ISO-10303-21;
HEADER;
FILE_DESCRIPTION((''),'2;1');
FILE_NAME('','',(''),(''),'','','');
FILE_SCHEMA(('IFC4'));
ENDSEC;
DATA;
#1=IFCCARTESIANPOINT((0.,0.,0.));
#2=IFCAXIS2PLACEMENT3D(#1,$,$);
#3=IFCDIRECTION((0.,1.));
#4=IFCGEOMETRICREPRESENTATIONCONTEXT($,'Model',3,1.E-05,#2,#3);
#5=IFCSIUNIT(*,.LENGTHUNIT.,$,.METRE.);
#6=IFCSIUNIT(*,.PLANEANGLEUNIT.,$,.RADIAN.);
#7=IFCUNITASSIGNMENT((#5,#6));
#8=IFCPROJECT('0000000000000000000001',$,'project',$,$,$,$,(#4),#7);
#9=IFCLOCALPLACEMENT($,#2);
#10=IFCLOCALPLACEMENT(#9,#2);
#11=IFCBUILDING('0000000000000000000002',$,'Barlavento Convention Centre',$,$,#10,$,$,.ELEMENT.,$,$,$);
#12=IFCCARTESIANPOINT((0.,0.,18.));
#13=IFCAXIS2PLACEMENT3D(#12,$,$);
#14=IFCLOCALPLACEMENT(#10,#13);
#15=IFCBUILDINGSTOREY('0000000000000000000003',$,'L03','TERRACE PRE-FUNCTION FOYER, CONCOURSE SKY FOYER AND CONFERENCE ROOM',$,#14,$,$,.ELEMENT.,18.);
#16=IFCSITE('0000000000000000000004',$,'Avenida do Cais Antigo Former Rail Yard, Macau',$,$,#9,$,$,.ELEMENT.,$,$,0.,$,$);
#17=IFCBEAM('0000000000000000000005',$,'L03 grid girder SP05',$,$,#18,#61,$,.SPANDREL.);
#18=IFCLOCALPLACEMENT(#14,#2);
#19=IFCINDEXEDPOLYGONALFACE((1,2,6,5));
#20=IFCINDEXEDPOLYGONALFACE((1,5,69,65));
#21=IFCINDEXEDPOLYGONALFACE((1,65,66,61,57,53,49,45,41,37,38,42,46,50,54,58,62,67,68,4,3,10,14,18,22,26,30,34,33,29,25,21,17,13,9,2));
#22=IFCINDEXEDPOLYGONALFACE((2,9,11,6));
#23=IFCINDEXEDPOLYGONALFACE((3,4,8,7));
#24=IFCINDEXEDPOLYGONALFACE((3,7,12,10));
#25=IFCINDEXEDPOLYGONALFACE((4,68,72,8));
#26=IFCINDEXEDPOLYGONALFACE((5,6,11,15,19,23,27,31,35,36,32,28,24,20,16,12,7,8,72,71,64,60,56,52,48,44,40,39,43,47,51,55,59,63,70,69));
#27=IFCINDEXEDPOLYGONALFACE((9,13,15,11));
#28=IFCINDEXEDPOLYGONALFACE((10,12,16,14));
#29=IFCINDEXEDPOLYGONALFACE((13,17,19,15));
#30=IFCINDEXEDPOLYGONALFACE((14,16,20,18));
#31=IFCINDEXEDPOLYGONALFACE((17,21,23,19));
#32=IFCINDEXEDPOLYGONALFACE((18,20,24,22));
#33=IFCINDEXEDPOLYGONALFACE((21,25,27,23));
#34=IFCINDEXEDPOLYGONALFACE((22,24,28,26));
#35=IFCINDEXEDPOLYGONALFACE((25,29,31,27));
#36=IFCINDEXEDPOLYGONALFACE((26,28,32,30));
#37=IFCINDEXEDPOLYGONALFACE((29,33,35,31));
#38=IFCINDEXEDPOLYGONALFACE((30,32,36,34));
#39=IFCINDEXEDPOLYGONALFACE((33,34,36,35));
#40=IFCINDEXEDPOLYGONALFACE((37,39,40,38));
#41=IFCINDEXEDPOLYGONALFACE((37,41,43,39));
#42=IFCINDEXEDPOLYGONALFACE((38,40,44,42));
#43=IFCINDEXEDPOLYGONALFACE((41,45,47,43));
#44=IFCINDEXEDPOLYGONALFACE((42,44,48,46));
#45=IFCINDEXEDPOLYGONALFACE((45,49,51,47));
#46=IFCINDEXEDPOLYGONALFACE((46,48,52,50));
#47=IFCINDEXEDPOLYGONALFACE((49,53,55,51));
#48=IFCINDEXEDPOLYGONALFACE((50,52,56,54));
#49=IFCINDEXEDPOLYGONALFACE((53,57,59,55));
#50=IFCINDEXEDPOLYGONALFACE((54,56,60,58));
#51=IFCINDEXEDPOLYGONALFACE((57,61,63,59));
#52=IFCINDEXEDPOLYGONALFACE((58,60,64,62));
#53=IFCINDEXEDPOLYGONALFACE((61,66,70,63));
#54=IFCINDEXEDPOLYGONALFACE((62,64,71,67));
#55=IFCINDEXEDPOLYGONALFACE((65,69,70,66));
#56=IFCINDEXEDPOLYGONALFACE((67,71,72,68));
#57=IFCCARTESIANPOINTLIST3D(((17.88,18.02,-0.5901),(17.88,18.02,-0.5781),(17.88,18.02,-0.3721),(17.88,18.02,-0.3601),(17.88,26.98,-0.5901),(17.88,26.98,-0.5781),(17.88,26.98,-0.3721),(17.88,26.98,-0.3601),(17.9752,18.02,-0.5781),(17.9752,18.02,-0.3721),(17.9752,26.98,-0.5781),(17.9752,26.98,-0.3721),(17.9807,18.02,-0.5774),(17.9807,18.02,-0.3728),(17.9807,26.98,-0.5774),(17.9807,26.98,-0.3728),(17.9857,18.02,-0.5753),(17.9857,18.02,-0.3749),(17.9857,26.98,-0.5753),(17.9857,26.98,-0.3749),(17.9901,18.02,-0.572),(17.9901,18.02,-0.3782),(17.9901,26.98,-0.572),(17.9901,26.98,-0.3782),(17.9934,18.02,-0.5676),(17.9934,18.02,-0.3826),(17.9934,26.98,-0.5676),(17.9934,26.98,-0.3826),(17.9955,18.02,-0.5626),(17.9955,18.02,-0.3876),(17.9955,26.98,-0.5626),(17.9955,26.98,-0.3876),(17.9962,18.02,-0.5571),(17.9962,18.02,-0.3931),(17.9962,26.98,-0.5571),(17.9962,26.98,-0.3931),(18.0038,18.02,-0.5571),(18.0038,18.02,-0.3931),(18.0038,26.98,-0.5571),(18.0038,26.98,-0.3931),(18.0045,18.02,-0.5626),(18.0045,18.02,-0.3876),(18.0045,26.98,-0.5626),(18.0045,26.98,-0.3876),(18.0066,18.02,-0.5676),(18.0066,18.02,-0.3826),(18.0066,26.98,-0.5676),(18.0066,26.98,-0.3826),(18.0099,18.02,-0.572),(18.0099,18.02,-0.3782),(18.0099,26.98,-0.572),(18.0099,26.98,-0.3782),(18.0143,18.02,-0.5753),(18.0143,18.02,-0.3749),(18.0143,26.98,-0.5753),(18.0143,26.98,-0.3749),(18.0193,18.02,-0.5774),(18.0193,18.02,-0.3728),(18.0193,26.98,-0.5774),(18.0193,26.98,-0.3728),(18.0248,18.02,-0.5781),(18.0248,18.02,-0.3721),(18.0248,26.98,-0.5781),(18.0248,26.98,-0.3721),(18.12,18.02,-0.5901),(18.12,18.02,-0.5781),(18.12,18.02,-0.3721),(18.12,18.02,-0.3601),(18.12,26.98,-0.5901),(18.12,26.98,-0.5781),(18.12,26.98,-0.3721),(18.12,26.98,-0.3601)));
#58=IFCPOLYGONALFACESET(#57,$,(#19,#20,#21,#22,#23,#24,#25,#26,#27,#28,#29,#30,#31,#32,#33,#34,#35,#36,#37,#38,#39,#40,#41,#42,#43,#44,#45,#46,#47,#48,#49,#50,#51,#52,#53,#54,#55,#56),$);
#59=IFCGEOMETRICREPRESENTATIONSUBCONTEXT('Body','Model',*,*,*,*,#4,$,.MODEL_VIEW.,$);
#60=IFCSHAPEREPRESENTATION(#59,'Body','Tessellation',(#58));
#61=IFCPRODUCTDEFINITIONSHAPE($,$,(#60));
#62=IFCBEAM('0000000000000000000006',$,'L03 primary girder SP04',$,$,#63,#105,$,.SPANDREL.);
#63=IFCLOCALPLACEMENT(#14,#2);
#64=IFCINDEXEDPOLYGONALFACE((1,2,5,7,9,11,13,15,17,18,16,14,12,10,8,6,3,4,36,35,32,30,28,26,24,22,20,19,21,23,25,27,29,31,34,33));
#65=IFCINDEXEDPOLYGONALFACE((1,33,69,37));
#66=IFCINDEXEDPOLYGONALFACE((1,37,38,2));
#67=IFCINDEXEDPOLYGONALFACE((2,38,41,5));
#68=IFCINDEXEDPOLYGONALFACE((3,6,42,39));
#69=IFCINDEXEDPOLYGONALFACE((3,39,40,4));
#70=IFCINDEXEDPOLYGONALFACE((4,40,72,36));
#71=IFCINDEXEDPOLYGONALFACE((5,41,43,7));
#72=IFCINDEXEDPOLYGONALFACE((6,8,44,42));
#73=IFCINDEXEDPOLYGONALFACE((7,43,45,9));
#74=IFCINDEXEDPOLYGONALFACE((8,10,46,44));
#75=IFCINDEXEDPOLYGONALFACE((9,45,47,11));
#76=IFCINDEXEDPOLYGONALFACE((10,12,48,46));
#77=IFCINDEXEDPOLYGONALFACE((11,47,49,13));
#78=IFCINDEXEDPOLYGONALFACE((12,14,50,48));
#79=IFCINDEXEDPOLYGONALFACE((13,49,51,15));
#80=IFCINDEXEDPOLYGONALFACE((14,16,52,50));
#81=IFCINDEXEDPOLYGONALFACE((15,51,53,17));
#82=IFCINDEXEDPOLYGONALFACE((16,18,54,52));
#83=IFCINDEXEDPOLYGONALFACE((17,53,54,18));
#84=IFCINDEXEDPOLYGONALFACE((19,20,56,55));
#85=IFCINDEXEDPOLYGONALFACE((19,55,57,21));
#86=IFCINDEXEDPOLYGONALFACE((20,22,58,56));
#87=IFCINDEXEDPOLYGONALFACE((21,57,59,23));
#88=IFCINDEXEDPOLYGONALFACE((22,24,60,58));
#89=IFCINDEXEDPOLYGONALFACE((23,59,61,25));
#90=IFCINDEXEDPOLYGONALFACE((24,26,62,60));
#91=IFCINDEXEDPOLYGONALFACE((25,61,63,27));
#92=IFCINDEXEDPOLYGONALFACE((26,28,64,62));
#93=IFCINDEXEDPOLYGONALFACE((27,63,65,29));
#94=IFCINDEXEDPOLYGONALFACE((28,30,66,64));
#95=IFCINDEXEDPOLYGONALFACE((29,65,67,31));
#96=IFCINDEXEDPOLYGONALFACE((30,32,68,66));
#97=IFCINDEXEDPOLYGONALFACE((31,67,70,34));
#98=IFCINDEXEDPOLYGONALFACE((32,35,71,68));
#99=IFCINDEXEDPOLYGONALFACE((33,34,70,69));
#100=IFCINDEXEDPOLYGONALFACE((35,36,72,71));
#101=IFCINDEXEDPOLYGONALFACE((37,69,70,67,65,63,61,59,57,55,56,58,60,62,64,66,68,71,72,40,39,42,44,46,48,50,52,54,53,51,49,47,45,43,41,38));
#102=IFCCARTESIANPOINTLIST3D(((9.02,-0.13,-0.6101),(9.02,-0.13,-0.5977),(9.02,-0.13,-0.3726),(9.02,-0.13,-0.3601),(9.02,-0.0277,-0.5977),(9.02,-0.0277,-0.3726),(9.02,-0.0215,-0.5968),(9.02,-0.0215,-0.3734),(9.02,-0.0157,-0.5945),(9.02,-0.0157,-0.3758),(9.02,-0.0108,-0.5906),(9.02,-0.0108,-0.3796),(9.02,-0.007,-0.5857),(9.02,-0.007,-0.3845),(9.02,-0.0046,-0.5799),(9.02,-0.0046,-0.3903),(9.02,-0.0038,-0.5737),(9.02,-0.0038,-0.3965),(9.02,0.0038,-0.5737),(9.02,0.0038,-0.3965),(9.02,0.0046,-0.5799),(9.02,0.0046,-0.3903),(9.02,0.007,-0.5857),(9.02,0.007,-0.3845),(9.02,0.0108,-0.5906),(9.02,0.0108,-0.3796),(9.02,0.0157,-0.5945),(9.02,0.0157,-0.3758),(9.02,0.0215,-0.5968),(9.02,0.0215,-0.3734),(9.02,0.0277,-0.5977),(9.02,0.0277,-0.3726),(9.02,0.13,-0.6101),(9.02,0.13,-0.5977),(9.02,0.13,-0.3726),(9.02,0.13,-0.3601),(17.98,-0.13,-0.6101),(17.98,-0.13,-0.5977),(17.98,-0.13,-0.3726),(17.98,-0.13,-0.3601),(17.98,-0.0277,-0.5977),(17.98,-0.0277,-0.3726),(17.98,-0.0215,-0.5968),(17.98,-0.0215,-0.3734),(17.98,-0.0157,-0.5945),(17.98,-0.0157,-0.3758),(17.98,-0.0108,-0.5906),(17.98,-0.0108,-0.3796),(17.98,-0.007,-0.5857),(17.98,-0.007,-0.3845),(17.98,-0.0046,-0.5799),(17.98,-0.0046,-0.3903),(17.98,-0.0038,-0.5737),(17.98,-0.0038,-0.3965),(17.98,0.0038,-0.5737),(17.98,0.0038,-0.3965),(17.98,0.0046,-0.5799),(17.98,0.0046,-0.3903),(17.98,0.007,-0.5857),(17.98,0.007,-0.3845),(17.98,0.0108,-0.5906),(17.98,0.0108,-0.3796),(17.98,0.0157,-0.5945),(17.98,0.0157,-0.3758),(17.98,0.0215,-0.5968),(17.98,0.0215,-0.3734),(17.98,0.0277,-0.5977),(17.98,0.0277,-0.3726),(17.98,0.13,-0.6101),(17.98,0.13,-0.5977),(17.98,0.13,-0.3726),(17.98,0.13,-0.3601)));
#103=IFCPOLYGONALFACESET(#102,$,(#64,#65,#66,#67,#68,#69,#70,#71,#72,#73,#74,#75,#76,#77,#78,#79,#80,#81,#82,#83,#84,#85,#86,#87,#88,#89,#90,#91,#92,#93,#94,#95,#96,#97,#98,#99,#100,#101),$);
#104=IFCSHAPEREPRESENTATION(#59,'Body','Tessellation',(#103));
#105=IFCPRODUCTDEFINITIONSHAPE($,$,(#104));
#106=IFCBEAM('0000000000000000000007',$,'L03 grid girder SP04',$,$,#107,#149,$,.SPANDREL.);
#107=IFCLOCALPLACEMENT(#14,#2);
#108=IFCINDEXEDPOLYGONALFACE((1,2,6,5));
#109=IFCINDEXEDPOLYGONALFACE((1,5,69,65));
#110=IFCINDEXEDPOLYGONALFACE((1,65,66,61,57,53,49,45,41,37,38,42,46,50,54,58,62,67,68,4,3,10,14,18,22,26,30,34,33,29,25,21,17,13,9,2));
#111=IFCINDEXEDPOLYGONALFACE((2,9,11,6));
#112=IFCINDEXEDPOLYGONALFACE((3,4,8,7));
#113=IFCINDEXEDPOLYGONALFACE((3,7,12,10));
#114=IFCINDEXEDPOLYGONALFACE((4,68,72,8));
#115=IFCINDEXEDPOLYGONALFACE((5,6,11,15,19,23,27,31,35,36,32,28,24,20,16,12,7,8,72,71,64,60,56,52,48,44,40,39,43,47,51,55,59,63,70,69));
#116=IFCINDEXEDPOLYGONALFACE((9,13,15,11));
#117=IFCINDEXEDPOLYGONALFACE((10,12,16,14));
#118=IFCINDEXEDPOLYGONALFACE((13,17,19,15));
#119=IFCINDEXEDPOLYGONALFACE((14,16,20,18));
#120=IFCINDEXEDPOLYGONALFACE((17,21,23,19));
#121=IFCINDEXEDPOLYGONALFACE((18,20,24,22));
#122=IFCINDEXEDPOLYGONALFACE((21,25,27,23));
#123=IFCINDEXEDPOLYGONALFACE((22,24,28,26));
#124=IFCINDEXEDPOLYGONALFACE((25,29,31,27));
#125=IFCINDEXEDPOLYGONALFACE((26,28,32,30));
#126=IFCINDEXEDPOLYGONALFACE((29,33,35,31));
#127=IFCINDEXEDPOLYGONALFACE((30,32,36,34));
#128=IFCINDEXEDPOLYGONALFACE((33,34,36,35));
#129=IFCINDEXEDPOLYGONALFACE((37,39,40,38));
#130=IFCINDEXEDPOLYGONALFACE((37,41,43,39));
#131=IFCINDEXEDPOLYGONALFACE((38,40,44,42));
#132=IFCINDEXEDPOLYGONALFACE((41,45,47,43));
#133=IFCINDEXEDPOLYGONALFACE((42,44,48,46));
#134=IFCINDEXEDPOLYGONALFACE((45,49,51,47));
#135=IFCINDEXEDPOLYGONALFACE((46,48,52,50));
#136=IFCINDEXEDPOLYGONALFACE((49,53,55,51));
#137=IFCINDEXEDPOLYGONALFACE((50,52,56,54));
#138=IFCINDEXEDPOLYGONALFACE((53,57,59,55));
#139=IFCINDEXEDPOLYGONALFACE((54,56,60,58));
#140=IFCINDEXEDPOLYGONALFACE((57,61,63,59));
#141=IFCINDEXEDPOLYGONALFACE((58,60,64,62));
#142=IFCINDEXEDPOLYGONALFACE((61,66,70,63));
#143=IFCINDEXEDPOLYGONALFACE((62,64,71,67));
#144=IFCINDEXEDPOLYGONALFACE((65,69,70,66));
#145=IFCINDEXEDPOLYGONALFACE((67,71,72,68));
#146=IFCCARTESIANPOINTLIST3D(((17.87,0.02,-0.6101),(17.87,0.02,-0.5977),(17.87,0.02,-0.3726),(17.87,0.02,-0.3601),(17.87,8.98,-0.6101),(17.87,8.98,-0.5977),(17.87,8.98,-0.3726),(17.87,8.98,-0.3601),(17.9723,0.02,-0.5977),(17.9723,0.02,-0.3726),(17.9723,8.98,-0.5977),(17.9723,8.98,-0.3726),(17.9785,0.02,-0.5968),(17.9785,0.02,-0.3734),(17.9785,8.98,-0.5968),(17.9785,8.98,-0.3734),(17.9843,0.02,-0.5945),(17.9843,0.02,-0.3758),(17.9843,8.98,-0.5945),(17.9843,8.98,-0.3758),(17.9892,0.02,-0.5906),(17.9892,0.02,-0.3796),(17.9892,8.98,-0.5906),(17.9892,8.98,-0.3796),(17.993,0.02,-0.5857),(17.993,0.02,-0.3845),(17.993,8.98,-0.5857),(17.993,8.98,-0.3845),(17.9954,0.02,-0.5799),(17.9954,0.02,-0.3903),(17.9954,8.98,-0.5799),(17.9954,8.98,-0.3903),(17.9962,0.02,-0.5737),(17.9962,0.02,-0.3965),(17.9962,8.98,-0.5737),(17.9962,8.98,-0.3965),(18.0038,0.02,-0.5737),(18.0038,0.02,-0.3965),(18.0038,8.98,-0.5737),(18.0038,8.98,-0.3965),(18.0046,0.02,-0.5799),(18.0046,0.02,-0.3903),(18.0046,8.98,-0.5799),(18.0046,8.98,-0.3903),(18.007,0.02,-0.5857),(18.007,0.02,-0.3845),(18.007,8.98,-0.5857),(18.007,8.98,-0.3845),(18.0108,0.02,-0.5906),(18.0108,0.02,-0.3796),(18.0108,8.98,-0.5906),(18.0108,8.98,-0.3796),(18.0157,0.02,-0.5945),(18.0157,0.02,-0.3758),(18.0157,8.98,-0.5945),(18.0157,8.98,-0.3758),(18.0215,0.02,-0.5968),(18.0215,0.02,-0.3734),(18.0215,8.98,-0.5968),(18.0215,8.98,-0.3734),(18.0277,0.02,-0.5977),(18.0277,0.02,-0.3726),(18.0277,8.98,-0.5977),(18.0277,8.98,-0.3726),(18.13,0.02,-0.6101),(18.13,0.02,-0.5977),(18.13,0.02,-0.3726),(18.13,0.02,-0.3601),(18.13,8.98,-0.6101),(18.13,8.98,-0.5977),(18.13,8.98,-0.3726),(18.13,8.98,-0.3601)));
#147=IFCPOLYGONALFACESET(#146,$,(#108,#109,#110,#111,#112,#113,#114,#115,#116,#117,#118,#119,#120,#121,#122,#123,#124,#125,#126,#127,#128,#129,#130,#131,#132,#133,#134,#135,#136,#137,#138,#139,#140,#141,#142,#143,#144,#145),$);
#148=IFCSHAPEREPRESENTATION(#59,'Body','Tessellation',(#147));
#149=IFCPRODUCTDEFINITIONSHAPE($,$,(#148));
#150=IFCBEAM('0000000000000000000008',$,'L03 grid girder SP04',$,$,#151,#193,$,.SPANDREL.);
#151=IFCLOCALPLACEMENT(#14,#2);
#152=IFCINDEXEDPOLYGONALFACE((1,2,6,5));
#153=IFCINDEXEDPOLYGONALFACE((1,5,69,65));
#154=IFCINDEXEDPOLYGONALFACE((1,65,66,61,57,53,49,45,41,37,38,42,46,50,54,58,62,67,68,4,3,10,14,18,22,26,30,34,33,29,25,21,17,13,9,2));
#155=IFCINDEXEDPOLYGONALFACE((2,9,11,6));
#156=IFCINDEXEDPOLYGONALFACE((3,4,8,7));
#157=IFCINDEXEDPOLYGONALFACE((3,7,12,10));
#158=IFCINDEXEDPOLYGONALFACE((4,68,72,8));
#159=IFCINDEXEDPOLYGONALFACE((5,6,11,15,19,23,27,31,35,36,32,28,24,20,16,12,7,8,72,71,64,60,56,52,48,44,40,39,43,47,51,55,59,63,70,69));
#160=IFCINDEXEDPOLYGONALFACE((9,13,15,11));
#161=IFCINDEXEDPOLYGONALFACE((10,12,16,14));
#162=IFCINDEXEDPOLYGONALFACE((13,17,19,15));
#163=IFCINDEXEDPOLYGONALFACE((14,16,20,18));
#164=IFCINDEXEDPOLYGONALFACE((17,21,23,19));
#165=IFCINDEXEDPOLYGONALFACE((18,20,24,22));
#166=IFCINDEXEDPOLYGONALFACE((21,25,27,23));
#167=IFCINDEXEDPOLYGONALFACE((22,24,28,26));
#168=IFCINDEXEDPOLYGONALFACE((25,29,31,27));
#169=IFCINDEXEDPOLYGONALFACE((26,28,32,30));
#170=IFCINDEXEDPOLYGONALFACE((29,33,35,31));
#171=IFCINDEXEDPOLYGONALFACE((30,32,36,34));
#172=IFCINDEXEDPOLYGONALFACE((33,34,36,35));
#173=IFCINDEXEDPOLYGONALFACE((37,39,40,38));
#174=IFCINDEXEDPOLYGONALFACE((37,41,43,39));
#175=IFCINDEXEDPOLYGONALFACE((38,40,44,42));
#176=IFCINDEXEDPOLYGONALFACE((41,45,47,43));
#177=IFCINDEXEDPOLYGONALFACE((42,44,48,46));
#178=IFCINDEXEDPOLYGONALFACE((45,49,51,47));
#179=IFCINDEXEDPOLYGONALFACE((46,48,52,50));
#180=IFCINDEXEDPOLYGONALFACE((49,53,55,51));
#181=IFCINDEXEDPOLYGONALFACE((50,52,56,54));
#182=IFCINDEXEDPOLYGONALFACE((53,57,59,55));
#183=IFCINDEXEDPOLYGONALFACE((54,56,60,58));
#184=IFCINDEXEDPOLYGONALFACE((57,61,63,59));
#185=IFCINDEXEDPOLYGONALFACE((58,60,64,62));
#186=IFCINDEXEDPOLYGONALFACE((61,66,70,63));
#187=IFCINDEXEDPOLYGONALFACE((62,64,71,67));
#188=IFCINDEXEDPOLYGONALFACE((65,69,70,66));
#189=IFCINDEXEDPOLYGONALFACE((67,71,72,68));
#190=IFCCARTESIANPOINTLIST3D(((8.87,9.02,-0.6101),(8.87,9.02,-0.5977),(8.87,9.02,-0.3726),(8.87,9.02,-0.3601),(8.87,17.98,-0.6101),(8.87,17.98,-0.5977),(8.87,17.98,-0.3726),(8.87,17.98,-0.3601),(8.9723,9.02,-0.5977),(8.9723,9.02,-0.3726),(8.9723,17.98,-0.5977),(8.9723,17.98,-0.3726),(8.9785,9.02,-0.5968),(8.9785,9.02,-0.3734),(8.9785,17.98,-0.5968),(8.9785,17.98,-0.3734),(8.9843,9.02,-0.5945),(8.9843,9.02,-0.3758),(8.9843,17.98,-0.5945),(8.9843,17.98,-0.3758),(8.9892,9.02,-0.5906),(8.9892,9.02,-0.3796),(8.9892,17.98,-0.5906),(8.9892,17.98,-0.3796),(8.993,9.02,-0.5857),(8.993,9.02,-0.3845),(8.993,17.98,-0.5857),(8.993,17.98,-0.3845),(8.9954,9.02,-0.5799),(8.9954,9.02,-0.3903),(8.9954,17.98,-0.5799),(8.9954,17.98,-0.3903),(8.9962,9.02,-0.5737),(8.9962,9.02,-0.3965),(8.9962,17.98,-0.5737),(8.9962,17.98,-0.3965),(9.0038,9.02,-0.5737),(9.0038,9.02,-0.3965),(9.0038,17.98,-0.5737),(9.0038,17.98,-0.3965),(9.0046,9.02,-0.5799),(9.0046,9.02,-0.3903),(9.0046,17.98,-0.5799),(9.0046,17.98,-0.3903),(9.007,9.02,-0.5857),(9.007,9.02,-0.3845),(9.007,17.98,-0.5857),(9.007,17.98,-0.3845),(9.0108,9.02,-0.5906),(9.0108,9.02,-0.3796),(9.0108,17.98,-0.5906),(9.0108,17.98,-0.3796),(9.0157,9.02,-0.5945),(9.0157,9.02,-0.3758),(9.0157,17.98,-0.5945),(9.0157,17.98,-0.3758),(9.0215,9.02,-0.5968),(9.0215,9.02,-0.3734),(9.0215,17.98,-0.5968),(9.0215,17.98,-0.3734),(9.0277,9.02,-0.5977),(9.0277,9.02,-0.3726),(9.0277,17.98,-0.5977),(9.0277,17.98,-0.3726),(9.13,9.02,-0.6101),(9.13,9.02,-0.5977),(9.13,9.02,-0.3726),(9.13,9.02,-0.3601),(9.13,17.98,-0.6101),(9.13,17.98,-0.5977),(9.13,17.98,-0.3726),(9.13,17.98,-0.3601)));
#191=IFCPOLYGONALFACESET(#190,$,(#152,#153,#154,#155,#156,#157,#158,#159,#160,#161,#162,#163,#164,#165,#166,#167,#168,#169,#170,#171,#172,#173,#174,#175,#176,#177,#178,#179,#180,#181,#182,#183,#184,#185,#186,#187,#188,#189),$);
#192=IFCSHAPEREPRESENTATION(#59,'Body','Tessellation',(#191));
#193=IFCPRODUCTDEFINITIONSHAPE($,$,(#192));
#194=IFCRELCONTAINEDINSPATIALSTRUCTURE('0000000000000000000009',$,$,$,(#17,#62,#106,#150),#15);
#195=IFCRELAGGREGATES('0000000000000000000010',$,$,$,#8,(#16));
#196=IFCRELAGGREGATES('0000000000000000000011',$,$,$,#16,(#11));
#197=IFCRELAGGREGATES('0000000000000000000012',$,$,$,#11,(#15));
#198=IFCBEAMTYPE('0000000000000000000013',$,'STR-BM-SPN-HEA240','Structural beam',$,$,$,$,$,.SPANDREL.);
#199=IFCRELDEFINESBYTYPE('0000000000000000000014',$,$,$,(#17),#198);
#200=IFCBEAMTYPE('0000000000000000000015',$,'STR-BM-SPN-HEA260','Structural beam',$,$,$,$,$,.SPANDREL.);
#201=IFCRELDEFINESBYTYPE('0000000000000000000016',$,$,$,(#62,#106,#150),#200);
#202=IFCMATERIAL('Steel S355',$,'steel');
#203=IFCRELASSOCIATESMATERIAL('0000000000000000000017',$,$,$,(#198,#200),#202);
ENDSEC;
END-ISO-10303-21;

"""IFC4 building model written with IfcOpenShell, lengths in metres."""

from ifc_helpers import new_model, si_unit, direction, frame, origin, origin_2d, place, context, subcontext, project, spatial, i_section, extrude, material, material_profile, profile_set, type_object, element, save


model = new_model("IFC4")

# Units and contexts
model_context = context("Model", 3, precision=1e-05, world=origin(), true_north=direction((0.0, 1.0)))
body_context = subcontext(model_context, "Body", "Model", "MODEL_VIEW")
ifc_project = project(units=[si_unit("LENGTHUNIT", "METRE"), si_unit("PLANEANGLEUNIT", "RADIAN")], contexts=[model_context])

# Site, building, storey
site_placement = place(None, origin())
site = spatial("IfcSite", under=ifc_project, at=site_placement, Name="Avenida do Cais Antigo Former Rail Yard, Macau", CompositionType="ELEMENT", RefElevation=0.0)
building_placement = place(site_placement, origin())
building = spatial("IfcBuilding", under=site, at=building_placement, Name="Barlavento Convention Centre", CompositionType="ELEMENT")
storey_placement = place(building_placement, frame((0.0, 0.0, 18.0)))
storey = spatial("IfcBuildingStorey", under=building, at=storey_placement, Name="L03", Description="TERRACE PRE-FUNCTION FOYER, CONCOURSE SKY FOYER AND CONFERENCE ROOM", CompositionType="ELEMENT", Elevation=18.0)

# Shared definitions
ifc_material_1 = material(Name="Steel S355", Category="steel")

# Beams
ifc_material_profile_1 = material_profile(ifc_material_1, i_section(OverallWidth=0.24, OverallDepth=0.23, WebThickness=0.0076, FlangeThickness=0.012, FilletRadius=0.021, at=origin_2d()), Name="HEA 240")
ifc_profile_set_1 = profile_set([ifc_material_profile_1], Name="Steel S355")
beam_type_1 = type_object("IfcBeamType", Name="STR-BM-SPN-HEA240", Description="Structural beam", PredefinedType="SPANDREL", material=ifc_profile_set_1)
for number, where, z_axis, x_axis, name in (
    (1, (18.0, 18.02, -0.4751), (0.0, 1.0, 0.0), (-1.0, 0.0, 0.0), "L03 grid girder SP05"),
):
    element("IfcBeam", number, at=place(storey_placement, frame(where, z_axis=z_axis, x_axis=x_axis)), inside=storey, type_object=beam_type_1, Name=name, PredefinedType="SPANDREL", context=body_context, shape_type="SweptSolid", body=[
        extrude(i_section(OverallWidth=0.24, OverallDepth=0.23, WebThickness=0.0076, FlangeThickness=0.012, FilletRadius=0.021, at=origin_2d()), origin(), (0.0, 0.0, 1.0), 8.96),
    ])
ifc_material_profile_2 = material_profile(ifc_material_1, i_section(OverallWidth=0.26, OverallDepth=0.25, WebThickness=0.0076, FlangeThickness=0.0125, FilletRadius=0.0239, at=origin_2d()), Name="HEA 260")
ifc_profile_set_2 = profile_set([ifc_material_profile_2], Name="Steel S355")
beam_type_2 = type_object("IfcBeamType", Name="STR-BM-SPN-HEA260", Description="Structural beam", PredefinedType="SPANDREL", material=ifc_profile_set_2)
for number, where, z_axis, x_axis, name in (
    (2, (9.02, 0.0, -0.4851), (1.0, 0.0, 0.0), (0.0, 1.0, 0.0), "L03 primary girder SP04"),
    (3, (18.0, 0.02, -0.4851), (0.0, 1.0, 0.0), (-1.0, 0.0, 0.0), "L03 grid girder SP04"),
    (4, (9.0, 9.02, -0.4851), (0.0, 1.0, 0.0), (-1.0, 0.0, 0.0), "L03 grid girder SP04"),
):
    element("IfcBeam", number, at=place(storey_placement, frame(where, z_axis=z_axis, x_axis=x_axis)), inside=storey, type_object=beam_type_2, Name=name, PredefinedType="SPANDREL", context=body_context, shape_type="SweptSolid", body=[
        extrude(i_section(OverallWidth=0.26, OverallDepth=0.25, WebThickness=0.0076, FlangeThickness=0.0125, FilletRadius=0.0239, at=origin_2d()), origin(), (0.0, 0.0, 1.0), 8.96),
    ])

save(model, "model.ifc")
